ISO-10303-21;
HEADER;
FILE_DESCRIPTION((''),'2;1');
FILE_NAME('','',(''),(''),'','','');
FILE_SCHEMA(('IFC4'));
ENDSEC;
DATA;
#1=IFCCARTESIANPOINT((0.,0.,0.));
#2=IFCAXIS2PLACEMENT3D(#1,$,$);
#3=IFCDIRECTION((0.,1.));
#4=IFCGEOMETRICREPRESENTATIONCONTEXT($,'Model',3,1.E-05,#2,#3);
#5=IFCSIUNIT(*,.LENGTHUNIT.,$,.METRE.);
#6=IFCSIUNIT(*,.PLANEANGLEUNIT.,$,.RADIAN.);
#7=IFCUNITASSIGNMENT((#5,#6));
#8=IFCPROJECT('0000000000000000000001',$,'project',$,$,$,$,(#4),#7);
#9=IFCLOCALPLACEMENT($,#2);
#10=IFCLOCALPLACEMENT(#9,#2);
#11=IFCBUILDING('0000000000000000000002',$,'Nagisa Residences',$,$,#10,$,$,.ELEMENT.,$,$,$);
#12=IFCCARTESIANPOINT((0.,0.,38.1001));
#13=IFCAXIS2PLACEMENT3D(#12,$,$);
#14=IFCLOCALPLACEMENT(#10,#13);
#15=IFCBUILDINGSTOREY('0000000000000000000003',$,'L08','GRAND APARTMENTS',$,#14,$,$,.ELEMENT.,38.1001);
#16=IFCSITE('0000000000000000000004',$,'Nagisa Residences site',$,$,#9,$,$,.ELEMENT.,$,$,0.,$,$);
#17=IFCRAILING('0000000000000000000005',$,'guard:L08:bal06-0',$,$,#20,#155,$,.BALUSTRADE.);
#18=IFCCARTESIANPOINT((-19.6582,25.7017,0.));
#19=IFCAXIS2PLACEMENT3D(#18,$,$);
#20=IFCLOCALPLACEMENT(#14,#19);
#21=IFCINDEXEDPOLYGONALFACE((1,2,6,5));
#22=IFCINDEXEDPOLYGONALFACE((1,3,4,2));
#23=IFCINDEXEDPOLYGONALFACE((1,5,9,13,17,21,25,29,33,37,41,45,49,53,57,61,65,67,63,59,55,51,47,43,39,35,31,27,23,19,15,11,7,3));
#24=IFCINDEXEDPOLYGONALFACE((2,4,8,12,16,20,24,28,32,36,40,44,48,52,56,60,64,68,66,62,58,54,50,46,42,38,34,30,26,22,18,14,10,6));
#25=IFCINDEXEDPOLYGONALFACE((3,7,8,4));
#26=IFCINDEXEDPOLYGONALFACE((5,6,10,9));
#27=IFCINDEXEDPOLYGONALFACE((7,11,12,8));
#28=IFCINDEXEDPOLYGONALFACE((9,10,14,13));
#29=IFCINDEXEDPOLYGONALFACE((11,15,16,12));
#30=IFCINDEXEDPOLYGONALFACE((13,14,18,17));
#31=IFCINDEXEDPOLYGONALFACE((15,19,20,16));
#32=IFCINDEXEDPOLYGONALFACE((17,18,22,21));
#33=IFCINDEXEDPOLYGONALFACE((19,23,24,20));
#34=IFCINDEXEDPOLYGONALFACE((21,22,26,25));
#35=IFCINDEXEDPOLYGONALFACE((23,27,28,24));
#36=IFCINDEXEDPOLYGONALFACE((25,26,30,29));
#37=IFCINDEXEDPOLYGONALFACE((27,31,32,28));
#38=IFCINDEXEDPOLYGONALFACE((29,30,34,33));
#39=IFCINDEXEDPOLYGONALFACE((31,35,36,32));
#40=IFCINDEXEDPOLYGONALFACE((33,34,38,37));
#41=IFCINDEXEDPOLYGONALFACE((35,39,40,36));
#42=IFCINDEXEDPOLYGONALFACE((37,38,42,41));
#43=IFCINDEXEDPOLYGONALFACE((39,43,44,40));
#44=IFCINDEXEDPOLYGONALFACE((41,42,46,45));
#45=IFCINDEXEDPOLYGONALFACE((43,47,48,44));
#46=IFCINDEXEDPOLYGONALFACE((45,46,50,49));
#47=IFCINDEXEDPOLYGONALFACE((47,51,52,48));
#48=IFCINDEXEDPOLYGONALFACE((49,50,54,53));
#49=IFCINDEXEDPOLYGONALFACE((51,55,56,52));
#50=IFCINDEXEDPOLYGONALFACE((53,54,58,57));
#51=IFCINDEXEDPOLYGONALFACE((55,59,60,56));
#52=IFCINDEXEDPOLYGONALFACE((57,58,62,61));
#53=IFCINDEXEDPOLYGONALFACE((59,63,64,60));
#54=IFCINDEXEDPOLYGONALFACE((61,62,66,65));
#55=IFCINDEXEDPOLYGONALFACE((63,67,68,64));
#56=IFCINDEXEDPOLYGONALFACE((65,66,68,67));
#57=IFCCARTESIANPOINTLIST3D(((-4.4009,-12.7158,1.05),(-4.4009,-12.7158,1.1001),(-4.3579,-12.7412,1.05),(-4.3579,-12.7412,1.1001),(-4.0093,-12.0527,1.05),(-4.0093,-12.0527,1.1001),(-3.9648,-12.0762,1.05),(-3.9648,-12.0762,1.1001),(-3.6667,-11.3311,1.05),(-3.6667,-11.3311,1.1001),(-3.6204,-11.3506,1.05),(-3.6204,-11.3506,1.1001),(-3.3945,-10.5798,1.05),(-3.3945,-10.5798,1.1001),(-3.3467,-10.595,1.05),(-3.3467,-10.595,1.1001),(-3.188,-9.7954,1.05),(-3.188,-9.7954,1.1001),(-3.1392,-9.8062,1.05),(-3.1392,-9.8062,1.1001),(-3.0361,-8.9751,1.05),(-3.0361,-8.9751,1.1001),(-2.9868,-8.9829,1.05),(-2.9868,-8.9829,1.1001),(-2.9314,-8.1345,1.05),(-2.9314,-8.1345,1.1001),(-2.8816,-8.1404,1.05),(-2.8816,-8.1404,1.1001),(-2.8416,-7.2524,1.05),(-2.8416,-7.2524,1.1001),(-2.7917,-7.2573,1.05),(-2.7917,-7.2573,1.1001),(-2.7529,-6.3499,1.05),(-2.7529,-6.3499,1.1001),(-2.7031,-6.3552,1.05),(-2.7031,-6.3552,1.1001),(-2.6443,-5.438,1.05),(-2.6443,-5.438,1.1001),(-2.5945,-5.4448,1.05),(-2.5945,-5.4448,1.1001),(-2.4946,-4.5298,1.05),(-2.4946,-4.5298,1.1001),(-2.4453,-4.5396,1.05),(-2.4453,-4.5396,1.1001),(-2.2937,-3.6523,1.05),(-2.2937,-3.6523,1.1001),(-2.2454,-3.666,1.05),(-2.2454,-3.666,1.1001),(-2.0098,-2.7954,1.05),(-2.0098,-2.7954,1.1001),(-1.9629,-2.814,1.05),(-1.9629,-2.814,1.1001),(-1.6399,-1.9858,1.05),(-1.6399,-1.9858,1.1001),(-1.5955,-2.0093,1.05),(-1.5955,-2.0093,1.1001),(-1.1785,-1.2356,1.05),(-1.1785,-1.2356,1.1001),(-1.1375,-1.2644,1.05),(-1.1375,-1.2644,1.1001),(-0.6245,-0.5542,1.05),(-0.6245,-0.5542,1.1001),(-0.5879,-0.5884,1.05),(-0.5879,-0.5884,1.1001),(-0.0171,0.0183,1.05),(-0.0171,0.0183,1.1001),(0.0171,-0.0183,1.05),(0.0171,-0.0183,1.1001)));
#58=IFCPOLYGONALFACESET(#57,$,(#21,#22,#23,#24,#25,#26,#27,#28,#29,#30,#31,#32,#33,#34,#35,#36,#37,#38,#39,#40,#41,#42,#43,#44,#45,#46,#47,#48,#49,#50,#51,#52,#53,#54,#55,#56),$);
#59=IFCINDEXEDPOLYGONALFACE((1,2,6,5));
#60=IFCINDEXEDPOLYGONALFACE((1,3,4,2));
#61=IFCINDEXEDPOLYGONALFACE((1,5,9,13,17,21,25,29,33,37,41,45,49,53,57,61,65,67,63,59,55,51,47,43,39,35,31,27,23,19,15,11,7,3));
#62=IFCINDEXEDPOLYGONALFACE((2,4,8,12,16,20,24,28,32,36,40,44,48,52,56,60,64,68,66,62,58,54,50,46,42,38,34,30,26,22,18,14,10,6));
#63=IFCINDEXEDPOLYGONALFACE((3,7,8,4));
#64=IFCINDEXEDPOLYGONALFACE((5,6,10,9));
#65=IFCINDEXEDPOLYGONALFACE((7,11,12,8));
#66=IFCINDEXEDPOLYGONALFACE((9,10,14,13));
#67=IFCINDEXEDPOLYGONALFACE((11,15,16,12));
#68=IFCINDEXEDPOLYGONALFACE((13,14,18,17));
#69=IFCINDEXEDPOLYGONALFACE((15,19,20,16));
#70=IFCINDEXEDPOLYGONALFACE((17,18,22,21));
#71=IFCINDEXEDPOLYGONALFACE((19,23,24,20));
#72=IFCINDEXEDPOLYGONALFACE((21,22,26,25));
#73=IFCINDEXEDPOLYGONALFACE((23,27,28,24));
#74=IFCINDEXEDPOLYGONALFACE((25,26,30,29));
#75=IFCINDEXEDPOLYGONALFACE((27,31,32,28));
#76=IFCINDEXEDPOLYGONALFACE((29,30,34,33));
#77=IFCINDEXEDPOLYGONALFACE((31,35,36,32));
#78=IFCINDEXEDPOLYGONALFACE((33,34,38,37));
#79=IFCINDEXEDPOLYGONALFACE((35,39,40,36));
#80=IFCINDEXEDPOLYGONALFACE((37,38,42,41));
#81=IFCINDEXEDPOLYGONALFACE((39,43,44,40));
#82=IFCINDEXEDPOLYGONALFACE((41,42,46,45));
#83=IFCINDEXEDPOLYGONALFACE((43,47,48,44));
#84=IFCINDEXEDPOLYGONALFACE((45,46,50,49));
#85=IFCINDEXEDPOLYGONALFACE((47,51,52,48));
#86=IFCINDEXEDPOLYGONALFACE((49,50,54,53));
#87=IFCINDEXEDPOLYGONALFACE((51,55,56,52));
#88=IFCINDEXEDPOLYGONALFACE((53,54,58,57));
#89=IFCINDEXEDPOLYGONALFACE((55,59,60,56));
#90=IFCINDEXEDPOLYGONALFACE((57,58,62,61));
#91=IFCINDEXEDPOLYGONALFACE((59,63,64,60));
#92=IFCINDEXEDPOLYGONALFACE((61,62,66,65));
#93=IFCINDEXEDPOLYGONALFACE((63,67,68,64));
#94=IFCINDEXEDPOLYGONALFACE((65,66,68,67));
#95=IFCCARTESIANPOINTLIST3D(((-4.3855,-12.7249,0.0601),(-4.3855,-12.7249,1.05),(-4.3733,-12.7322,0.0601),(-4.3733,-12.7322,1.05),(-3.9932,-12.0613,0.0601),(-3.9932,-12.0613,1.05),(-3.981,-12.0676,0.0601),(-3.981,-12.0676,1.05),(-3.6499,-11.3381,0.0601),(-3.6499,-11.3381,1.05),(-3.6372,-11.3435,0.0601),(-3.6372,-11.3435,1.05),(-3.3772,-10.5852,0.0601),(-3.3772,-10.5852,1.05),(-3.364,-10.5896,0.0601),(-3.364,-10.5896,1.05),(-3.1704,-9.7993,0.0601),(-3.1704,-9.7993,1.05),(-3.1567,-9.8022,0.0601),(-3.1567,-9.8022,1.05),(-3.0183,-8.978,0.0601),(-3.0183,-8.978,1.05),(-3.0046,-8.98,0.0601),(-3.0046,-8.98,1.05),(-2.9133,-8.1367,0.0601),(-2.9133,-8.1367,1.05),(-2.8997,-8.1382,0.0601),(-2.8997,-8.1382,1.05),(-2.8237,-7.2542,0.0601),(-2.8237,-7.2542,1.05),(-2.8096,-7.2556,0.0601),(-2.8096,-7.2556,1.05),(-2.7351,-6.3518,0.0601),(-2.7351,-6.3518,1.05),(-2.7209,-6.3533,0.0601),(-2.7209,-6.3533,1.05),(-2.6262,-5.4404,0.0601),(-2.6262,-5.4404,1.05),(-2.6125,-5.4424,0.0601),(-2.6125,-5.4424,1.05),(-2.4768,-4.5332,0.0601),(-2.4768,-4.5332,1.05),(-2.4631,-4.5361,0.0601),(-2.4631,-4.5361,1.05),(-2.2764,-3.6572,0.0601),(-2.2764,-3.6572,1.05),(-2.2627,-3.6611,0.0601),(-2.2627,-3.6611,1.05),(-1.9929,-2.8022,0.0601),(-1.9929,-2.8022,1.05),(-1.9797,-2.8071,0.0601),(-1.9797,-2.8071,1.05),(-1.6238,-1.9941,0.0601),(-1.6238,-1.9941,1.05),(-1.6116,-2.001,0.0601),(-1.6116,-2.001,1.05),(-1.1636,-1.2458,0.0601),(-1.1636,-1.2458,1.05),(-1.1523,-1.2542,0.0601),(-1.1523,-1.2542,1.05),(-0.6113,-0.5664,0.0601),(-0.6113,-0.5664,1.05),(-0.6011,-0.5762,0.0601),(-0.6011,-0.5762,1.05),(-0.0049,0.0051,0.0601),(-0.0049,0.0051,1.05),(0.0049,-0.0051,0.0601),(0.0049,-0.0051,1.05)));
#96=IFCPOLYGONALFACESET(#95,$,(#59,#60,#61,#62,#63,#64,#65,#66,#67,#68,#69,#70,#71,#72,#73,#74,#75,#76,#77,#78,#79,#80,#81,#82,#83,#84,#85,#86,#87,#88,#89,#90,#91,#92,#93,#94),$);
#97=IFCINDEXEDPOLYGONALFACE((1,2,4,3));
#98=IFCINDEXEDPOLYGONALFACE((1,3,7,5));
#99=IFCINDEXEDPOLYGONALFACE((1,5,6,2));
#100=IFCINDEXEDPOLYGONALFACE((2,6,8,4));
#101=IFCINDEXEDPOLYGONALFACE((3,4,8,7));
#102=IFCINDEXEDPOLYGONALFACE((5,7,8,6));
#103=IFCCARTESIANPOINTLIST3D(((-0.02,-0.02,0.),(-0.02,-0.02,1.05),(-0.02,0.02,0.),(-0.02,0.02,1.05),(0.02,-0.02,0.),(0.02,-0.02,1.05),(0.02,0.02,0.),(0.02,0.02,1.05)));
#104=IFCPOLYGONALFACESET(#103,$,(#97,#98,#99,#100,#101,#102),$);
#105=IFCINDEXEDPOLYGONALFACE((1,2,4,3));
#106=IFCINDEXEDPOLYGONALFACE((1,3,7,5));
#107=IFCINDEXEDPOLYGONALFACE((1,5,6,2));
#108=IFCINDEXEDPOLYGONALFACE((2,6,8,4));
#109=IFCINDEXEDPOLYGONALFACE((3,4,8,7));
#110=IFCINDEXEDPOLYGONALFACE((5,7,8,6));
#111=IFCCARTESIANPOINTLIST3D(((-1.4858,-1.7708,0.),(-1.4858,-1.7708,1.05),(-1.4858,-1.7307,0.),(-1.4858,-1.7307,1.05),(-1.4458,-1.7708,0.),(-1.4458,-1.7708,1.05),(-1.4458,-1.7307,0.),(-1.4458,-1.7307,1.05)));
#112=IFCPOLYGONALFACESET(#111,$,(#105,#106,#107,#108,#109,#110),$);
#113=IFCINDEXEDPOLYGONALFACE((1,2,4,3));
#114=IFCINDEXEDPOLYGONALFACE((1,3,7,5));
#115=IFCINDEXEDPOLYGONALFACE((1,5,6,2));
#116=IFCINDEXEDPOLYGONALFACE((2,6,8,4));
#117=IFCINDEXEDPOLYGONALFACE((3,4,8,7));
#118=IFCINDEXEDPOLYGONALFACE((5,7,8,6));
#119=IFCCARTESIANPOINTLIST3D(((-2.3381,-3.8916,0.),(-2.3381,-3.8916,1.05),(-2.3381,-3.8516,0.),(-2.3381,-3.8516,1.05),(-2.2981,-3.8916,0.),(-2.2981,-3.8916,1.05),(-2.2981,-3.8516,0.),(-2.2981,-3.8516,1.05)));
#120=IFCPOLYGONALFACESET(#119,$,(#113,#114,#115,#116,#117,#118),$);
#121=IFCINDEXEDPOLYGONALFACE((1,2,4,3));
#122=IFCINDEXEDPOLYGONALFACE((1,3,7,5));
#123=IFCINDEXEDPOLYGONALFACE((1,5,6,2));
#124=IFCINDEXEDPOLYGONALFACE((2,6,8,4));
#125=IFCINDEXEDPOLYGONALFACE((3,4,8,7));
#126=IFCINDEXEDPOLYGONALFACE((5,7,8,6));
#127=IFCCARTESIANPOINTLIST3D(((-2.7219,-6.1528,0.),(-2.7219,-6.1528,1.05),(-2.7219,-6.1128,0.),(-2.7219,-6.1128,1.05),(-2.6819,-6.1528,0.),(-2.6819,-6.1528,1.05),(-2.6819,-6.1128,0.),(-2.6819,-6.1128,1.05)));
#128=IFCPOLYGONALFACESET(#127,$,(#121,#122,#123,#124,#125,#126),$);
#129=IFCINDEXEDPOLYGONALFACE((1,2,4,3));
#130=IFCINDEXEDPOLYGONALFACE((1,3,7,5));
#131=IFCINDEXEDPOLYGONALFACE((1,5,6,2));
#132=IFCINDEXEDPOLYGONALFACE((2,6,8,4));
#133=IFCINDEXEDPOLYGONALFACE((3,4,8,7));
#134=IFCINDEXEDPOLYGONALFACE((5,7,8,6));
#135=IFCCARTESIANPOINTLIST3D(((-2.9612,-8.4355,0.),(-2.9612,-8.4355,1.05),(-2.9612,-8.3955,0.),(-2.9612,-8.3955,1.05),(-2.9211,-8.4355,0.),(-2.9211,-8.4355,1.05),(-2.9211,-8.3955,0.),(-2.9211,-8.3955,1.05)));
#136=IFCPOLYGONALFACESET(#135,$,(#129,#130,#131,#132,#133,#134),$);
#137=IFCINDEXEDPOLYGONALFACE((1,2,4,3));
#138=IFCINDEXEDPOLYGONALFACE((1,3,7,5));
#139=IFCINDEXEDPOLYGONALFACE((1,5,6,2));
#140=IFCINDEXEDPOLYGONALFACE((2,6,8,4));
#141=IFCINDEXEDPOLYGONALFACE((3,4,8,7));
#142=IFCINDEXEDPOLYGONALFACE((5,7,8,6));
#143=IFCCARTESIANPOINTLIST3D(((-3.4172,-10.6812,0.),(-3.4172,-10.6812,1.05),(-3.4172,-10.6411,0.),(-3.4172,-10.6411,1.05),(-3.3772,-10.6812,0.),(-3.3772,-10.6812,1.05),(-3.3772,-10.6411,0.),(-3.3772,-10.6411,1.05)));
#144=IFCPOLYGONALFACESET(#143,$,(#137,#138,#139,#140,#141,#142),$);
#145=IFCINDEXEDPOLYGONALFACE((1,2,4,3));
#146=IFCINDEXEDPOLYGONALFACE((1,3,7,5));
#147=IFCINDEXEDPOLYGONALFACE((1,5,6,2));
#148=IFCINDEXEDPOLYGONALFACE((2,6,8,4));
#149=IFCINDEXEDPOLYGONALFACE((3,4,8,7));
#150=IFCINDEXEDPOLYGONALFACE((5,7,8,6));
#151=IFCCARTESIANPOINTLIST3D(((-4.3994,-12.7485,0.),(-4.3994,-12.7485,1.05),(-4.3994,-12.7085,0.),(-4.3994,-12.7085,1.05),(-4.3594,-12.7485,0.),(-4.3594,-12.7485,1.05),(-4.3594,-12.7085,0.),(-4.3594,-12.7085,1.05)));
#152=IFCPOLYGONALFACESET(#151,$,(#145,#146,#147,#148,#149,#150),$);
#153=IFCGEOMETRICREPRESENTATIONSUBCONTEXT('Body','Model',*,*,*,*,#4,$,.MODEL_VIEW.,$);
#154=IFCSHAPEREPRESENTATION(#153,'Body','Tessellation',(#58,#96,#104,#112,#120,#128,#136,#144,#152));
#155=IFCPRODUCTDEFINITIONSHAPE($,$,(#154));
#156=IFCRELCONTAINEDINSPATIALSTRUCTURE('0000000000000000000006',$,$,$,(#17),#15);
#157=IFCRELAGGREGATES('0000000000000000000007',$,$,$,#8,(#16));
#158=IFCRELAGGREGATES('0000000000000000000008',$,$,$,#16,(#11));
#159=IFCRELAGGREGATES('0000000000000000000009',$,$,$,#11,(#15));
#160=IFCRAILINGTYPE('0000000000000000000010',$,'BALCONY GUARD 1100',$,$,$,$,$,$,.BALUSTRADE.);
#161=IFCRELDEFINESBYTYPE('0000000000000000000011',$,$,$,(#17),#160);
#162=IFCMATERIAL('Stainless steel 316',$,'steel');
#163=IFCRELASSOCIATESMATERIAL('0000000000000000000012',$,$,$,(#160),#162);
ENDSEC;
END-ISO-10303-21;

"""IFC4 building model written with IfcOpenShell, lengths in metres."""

from ifc_helpers import new_model, si_unit, direction, frame, origin, origin_2d, place, context, subcontext, project, spatial, polyline, rectangle, outline, extrude, material, type_object, element, save


model = new_model("IFC4")

# Units and contexts
model_context = context("Model", 3, precision=1e-05, world=origin(), true_north=direction((0.0, 1.0)))
body_context = subcontext(model_context, "Body", "Model", "MODEL_VIEW")
ifc_project = project(units=[si_unit("LENGTHUNIT", "METRE"), si_unit("PLANEANGLEUNIT", "RADIAN")], contexts=[model_context])

# Site, building, storey
site_placement = place(None, origin())
site = spatial("IfcSite", under=ifc_project, at=site_placement, Name="Nagisa Residences site", CompositionType="ELEMENT", RefElevation=0.0)
building_placement = place(site_placement, origin())
building = spatial("IfcBuilding", under=site, at=building_placement, Name="Nagisa Residences", CompositionType="ELEMENT")
storey_placement = place(building_placement, frame((0.0, 0.0, 38.1001)))
storey = spatial("IfcBuildingStorey", under=building, at=storey_placement, Name="L08", Description="GRAND APARTMENTS", CompositionType="ELEMENT", Elevation=38.1001)

# Railing
ifc_material_1 = material(Name="Stainless steel 316", Category="steel")
railing_type = type_object("IfcRailingType", Name="BALCONY GUARD 1100", PredefinedType="BALUSTRADE", material=ifc_material_1)
railing_1_placement = place(storey_placement, frame((-19.6582, 25.7017, 0.0)))
element("IfcRailing", 1, at=railing_1_placement, inside=storey, type_object=railing_type, Name="guard:L08:bal06-0", PredefinedType="BALUSTRADE", context=body_context, shape_type="SweptSolid", body=[
    extrude(outline(polyline([(-0.5879, -0.5884), (0.0171, -0.0183), (-0.0171, 0.0183), (-0.6245, -0.5542), (-1.1785, -1.2356), (-1.6399, -1.9858), (-2.0098, -2.7954), (-2.2937, -3.6523), (-2.4946, -4.5298), (-2.6443, -5.438), (-2.7529, -6.3499), (-2.8416, -7.2524), (-2.9314, -8.1345), (-3.0361, -8.9751), (-3.188, -9.7954), (-3.3945, -10.5798), (-3.6667, -11.3311), (-4.0093, -12.0527), (-4.4009, -12.7158), (-4.3579, -12.7412), (-3.9648, -12.0762), (-3.6204, -11.3506), (-3.3467, -10.595), (-3.1392, -9.8062), (-2.9868, -8.9829), (-2.8816, -8.1404), (-2.7917, -7.2573), (-2.7031, -6.3552), (-2.5945, -5.4448), (-2.4453, -4.5396), (-2.2454, -3.666), (-1.9629, -2.814), (-1.5955, -2.0093), (-1.1375, -1.2644), (-0.5879, -0.5884)])), frame((0.0, 0.0, 1.05)), (0.0, 0.0, 1.0), 0.05),
    extrude(outline(polyline([(-0.6011, -0.5762), (0.0049, -0.0051), (-0.0049, 0.0051), (-0.6113, -0.5664), (-1.1636, -1.2458), (-1.6238, -1.9941), (-1.9929, -2.8022), (-2.2764, -3.6572), (-2.4768, -4.5332), (-2.6262, -5.4404), (-2.7351, -6.3518), (-2.8237, -7.2542), (-2.9133, -8.1367), (-3.0183, -8.978), (-3.1704, -9.7993), (-3.3772, -10.5852), (-3.6499, -11.3381), (-3.9932, -12.0613), (-4.3855, -12.7249), (-4.3733, -12.7322), (-3.981, -12.0676), (-3.6372, -11.3435), (-3.364, -10.5896), (-3.1567, -9.8022), (-3.0046, -8.98), (-2.8997, -8.1382), (-2.8096, -7.2556), (-2.7209, -6.3533), (-2.6125, -5.4424), (-2.4631, -4.5361), (-2.2627, -3.6611), (-1.9797, -2.8071), (-1.6116, -2.001), (-1.1523, -1.2542), (-0.6011, -0.5762)])), frame((0.0, 0.0, 0.0601)), (0.0, 0.0, 1.0), 0.99),
    extrude(rectangle(XDim=0.04, YDim=0.04, at=origin_2d()), origin(), (0.0, 0.0, 1.0), 1.05),
    extrude(rectangle(XDim=0.04, YDim=0.04, at=origin_2d()), frame((-1.4658, -1.7507, 0.0)), (0.0, 0.0, 1.0), 1.05),
    extrude(rectangle(XDim=0.04, YDim=0.04, at=origin_2d()), frame((-2.3181, -3.8716, 0.0)), (0.0, 0.0, 1.0), 1.05),
    extrude(rectangle(XDim=0.04, YDim=0.04, at=origin_2d()), frame((-2.7019, -6.1328, 0.0)), (0.0, 0.0, 1.0), 1.05),
    extrude(rectangle(XDim=0.04, YDim=0.04, at=origin_2d()), frame((-2.9412, -8.4155, 0.0)), (0.0, 0.0, 1.0), 1.05),
    extrude(rectangle(XDim=0.04, YDim=0.04, at=origin_2d()), frame((-3.3972, -10.6611, 0.0)), (0.0, 0.0, 1.0), 1.05),
    extrude(rectangle(XDim=0.04, YDim=0.04, at=origin_2d()), frame((-4.3794, -12.7285, 0.0)), (0.0, 0.0, 1.0), 1.05),
])

save(model, "model.ifc")
